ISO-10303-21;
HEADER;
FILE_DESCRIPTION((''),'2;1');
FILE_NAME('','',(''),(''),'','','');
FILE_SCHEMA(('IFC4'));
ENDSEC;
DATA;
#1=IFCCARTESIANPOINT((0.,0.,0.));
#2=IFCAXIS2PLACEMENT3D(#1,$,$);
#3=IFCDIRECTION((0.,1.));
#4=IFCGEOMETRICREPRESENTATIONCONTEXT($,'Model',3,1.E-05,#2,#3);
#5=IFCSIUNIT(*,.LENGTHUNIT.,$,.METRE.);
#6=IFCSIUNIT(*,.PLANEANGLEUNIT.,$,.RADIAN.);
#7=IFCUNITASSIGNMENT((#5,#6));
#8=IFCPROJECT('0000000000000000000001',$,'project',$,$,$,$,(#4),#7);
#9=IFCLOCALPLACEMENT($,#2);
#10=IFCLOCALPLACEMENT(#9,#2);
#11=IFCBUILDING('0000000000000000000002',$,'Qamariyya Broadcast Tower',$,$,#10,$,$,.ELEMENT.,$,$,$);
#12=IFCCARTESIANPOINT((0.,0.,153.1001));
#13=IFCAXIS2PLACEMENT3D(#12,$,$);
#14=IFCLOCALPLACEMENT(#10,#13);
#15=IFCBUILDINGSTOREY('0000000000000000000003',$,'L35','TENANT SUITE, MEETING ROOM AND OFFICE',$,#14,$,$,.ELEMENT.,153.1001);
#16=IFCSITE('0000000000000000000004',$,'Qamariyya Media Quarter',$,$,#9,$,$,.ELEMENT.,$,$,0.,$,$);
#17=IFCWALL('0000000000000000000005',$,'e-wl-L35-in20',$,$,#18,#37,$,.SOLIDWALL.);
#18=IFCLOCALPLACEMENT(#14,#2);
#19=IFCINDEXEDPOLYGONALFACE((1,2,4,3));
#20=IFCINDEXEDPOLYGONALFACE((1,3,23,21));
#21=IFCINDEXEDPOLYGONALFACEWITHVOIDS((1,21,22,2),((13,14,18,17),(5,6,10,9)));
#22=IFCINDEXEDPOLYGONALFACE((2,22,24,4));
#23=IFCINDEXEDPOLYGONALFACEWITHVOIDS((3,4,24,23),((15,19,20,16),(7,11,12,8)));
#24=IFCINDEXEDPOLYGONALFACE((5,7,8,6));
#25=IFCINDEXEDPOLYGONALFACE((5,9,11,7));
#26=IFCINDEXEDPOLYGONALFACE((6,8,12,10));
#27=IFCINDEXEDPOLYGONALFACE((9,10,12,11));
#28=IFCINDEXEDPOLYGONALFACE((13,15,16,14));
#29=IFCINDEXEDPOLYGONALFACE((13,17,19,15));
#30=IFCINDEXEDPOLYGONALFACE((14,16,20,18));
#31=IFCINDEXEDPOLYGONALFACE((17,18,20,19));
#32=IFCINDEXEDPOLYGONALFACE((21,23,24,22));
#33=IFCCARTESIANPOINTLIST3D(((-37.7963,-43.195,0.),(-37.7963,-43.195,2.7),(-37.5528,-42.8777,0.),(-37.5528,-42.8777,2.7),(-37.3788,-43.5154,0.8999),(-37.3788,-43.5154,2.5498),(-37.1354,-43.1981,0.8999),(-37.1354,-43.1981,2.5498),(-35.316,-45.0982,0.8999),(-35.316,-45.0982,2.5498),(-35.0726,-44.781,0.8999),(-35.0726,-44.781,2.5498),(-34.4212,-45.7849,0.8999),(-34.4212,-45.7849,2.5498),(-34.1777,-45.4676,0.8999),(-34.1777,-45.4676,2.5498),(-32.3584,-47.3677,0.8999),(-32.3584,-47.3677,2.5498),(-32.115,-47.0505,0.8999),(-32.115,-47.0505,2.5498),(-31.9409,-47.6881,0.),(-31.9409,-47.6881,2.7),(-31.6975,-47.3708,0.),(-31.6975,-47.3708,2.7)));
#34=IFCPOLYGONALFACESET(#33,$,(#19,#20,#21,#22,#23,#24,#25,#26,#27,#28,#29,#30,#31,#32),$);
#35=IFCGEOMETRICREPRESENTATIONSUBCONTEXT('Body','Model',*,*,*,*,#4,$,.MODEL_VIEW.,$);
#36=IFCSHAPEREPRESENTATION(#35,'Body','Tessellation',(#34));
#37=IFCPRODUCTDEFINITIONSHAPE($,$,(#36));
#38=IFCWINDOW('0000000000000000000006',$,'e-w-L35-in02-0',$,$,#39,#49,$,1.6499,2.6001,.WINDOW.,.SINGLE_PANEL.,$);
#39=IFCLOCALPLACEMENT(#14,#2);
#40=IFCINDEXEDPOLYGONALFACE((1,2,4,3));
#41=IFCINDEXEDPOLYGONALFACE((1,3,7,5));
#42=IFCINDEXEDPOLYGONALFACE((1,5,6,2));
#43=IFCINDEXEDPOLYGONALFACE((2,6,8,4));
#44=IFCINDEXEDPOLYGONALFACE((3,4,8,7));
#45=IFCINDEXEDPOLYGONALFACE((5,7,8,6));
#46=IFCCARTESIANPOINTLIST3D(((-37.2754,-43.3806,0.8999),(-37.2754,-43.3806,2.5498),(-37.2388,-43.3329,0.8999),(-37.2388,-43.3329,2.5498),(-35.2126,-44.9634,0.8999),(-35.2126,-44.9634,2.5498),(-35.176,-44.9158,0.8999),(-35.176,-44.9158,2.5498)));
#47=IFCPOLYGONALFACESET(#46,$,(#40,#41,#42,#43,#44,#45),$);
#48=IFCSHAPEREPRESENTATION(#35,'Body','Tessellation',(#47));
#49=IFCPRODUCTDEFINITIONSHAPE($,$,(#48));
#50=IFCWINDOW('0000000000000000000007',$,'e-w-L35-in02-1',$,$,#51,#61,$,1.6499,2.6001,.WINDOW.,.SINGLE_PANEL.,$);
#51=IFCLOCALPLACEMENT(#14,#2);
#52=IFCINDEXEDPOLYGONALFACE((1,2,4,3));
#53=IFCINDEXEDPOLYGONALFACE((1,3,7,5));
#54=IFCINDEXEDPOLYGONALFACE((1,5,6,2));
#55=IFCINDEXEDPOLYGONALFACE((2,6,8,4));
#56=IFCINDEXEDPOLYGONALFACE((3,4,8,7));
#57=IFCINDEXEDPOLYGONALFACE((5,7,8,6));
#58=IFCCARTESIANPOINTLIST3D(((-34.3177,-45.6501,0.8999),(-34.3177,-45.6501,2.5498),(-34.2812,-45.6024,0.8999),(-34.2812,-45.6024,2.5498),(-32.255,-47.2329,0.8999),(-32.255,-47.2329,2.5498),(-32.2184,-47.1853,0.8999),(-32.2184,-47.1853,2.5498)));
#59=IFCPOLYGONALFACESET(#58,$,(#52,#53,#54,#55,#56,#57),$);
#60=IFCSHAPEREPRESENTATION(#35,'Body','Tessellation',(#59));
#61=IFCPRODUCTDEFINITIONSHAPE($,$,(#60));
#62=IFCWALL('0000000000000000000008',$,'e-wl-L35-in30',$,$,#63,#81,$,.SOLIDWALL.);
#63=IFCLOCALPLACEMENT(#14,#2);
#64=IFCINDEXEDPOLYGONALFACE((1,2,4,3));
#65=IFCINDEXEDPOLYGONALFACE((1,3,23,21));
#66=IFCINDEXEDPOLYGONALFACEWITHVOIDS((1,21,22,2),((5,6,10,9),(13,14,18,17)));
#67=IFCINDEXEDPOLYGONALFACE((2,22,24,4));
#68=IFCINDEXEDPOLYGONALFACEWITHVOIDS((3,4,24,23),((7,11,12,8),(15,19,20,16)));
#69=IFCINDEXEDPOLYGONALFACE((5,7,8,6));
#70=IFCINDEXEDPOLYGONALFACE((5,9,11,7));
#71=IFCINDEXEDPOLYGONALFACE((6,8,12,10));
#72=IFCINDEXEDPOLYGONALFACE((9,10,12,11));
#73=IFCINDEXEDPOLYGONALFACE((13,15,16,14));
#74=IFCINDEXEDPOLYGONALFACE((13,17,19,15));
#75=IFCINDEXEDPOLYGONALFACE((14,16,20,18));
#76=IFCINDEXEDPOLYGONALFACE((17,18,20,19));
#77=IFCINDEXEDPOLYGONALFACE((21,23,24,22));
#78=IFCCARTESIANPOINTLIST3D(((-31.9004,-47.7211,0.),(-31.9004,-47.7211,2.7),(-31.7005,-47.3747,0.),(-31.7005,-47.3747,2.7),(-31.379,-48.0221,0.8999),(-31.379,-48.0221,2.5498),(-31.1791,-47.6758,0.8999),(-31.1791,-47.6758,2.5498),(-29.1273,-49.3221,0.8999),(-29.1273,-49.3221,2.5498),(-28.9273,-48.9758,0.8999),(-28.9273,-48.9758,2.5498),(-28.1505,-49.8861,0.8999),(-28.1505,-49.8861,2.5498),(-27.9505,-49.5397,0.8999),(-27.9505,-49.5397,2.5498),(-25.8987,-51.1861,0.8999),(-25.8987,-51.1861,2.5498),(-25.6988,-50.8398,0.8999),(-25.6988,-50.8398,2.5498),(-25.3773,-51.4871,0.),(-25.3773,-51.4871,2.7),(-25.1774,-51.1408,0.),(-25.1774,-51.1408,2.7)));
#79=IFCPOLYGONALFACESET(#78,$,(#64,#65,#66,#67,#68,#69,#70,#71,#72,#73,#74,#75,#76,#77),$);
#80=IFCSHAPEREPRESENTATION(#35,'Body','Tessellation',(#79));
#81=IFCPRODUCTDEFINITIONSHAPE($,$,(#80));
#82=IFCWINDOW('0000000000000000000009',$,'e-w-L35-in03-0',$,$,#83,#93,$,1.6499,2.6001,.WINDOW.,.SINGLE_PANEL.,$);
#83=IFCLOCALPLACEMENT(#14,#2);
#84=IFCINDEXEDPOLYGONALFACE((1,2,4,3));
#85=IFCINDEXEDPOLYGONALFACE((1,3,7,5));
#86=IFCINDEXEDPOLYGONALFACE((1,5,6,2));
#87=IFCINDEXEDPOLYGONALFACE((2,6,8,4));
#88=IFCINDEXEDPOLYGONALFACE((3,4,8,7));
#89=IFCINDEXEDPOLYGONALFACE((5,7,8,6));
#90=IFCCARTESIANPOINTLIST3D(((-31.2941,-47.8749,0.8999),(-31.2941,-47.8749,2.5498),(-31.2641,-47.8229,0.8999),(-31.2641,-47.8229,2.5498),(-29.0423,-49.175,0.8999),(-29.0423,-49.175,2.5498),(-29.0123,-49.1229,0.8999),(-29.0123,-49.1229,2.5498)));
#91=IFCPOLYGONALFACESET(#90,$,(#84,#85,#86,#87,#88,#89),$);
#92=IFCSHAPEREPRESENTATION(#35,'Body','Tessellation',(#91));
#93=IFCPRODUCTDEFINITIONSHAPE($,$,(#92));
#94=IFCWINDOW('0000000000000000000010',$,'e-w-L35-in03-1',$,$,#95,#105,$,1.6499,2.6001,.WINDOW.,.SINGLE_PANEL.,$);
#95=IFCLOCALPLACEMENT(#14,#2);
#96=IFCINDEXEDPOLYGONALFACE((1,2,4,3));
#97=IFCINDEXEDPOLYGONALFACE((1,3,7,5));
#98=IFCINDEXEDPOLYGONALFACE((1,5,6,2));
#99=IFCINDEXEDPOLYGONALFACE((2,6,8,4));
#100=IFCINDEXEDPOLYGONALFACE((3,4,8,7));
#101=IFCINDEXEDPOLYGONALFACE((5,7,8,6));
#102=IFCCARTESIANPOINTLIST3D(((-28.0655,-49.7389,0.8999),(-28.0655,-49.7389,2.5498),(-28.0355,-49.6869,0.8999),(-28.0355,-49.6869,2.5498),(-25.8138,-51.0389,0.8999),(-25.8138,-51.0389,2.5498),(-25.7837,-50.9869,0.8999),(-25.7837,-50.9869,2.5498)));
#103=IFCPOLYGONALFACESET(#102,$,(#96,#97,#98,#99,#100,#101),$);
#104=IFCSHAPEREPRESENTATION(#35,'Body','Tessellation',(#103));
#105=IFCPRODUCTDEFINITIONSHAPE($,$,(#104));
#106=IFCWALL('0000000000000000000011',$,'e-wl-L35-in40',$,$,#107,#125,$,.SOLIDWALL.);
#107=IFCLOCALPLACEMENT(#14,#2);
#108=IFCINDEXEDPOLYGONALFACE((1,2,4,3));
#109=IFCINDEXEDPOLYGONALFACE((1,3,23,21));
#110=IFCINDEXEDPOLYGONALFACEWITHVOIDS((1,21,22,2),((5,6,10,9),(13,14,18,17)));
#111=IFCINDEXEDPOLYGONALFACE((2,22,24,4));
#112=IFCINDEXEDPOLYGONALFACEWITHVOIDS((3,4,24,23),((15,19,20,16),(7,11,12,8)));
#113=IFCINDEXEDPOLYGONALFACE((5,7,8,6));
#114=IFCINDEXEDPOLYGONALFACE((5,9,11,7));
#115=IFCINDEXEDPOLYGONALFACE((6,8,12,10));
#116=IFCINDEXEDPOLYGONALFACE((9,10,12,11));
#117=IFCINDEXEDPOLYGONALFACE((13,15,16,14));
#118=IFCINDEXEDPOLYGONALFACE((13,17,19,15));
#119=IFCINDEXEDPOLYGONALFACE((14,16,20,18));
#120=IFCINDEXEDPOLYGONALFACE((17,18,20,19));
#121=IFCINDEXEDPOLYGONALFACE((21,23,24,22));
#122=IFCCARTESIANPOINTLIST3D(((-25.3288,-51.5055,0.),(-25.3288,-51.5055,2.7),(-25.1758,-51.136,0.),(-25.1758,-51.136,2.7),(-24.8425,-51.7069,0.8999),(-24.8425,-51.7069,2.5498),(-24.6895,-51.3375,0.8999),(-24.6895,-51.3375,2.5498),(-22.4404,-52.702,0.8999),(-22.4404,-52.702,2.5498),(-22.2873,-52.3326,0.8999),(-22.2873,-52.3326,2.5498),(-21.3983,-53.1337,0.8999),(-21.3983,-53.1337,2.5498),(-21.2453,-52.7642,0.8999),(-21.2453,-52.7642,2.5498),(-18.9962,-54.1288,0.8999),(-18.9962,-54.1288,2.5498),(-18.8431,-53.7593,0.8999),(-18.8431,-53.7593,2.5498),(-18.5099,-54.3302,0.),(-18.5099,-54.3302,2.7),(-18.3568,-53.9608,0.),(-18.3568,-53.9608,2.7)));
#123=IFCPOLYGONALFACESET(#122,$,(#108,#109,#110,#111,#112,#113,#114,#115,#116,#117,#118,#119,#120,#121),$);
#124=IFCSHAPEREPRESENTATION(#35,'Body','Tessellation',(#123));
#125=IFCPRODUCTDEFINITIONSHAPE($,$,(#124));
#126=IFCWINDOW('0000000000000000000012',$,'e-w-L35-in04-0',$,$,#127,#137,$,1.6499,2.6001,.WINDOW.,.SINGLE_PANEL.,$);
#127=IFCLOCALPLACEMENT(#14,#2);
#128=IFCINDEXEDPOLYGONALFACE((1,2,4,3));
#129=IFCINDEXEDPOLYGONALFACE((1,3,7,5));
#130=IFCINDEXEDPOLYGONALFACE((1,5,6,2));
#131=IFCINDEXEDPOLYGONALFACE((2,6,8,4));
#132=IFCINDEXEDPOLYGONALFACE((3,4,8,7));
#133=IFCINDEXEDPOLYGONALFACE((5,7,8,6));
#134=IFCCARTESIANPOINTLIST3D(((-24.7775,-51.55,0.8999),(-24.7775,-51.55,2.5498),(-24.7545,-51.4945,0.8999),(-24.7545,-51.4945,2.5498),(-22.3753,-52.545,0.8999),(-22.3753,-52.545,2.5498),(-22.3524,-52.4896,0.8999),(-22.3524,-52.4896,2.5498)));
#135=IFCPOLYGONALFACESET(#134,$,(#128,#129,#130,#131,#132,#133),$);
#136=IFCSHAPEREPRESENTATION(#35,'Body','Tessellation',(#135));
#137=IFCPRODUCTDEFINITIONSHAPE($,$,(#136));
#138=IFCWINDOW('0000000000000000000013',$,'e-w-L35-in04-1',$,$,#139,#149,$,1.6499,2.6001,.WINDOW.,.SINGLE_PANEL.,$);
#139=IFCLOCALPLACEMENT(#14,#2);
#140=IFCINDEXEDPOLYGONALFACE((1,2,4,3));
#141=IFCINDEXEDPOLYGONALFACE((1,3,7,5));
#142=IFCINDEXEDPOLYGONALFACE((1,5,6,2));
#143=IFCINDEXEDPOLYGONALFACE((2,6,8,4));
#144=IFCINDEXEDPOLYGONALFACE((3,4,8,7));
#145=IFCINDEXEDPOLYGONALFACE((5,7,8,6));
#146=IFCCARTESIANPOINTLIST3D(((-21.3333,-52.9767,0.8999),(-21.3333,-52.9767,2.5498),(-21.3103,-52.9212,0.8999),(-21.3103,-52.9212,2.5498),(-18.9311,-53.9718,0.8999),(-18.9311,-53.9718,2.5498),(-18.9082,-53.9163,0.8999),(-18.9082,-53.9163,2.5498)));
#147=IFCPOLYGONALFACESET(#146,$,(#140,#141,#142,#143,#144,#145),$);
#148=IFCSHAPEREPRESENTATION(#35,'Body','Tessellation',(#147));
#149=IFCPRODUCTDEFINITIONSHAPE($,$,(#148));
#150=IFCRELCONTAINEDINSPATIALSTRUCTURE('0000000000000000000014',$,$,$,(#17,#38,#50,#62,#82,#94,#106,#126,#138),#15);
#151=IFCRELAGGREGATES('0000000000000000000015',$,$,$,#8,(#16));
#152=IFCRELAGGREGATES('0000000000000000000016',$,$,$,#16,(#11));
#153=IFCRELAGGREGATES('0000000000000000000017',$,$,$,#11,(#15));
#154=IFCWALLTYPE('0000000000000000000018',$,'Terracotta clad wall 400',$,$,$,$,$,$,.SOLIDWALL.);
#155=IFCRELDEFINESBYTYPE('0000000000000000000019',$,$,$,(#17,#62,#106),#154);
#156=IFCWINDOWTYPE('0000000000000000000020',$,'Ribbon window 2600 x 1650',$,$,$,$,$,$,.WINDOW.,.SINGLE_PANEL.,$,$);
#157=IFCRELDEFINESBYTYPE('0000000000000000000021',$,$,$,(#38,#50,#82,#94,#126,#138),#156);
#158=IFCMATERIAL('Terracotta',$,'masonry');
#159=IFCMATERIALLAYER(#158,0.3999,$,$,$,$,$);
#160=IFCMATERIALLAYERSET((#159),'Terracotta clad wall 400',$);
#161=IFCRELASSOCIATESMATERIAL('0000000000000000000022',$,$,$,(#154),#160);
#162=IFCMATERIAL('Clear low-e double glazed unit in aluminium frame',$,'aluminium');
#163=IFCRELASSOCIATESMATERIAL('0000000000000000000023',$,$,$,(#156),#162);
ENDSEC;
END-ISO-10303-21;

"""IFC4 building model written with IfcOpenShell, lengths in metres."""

from ifc_helpers import new_model, si_unit, direction, frame, frame_2d, origin, place, context, subcontext, project, spatial, rectangle, extrude, material, layer, layer_set, type_object, element, fill, save


model = new_model("IFC4")

# Units and contexts
model_context = context("Model", 3, precision=1e-05, world=origin(), true_north=direction((0.0, 1.0)))
body_context = subcontext(model_context, "Body", "Model", "MODEL_VIEW")
ifc_project = project(units=[si_unit("LENGTHUNIT", "METRE"), si_unit("PLANEANGLEUNIT", "RADIAN")], contexts=[model_context])

# Site, building, storey
site_placement = place(None, origin())
site = spatial("IfcSite", under=ifc_project, at=site_placement, Name="Qamariyya Media Quarter", CompositionType="ELEMENT", RefElevation=0.0)
building_placement = place(site_placement, origin())
building = spatial("IfcBuilding", under=site, at=building_placement, Name="Qamariyya Broadcast Tower", CompositionType="ELEMENT")
storey_placement = place(building_placement, frame((0.0, 0.0, 153.1001)))
storey = spatial("IfcBuildingStorey", under=building, at=storey_placement, Name="L35", Description="TENANT SUITE, MEETING ROOM AND OFFICE", CompositionType="ELEMENT", Elevation=153.1001)

# Walls, openings, windows
ifc_material_1 = material(Name="Terracotta", Category="masonry")
ifc_layer_1 = layer(ifc_material_1, 0.3999)
ifc_layer_set_1 = layer_set([ifc_layer_1], Name="Terracotta clad wall 400")
wall_type_1 = type_object("IfcWallType", Name="Terracotta clad wall 400", PredefinedType="SOLIDWALL", material=ifc_layer_set_1)
wall_1_placement = place(storey_placement, frame((-31.8191, -47.5295, 0.0), z_axis=(0.0, 0.0, 1.0), x_axis=(-0.793346, 0.60877, 0.0)))
wall_1 = element("IfcWall", 1, at=wall_1_placement, inside=storey, type_object=wall_type_1, Name="e-wl-L35-in20", PredefinedType="SOLIDWALL", context=body_context, shape_type="SweptSolid", body=[
    extrude(rectangle(XDim=7.3806, YDim=0.3999, at=frame_2d((3.6904, 0.0))), origin(), (0.0, 0.0, 1.0), 2.7),
])
opening_1_placement = place(wall_1_placement, frame((4.2544, 0.0, 0.8999)))
opening_1 = element("IfcOpeningElement", 2, at=opening_1_placement, cuts=wall_1, PredefinedType="OPENING", context=body_context, shape_type="SweptSolid", body=[
    extrude(rectangle(XDim=2.6001, YDim=1.6499, at=frame_2d((1.3, 0.825))), frame((0.0, 0.21, 0.0), z_axis=(0.0, -1.0, 0.0), x_axis=(1.0, 0.0, 0.0)), (0.0, 0.0, 1.0), 0.4199),
])
opening_2_placement = place(wall_1_placement, frame((0.5264, 0.0, 0.8999)))
opening_2 = element("IfcOpeningElement", 3, at=opening_2_placement, cuts=wall_1, PredefinedType="OPENING", context=body_context, shape_type="SweptSolid", body=[
    extrude(rectangle(XDim=2.6001, YDim=1.6499, at=frame_2d((1.3, 0.825))), frame((0.0, 0.21, 0.0), z_axis=(0.0, -1.0, 0.0), x_axis=(1.0, 0.0, 0.0)), (0.0, 0.0, 1.0), 0.4199),
])
ifc_material_2 = material(Name="Clear low-e double glazed unit in aluminium frame", Category="aluminium")
window_type = type_object("IfcWindowType", Name="Ribbon window 2600 x 1650", PartitioningType="SINGLE_PANEL", PredefinedType="WINDOW", material=ifc_material_2)
window_1_placement = place(opening_1_placement, origin())
window_1 = element("IfcWindow", 4, at=window_1_placement, inside=storey, type_object=window_type, Name="e-w-L35-in02-0", OverallHeight=1.6499, OverallWidth=2.6001, PartitioningType="SINGLE_PANEL", PredefinedType="WINDOW", context=body_context, shape_type="SweptSolid", body=[
    extrude(rectangle(XDim=2.6001, YDim=1.6499, at=frame_2d((1.3, 0.825))), frame((0.0, 0.03, 0.0), z_axis=(0.0, -1.0, 0.0), x_axis=(1.0, 0.0, 0.0)), (0.0, 0.0, 1.0), 0.0601),
])
fill(opening_1, window_1)
window_2_placement = place(opening_2_placement, origin())
window_2 = element("IfcWindow", 5, at=window_2_placement, inside=storey, type_object=window_type, Name="e-w-L35-in02-1", OverallHeight=1.6499, OverallWidth=2.6001, PartitioningType="SINGLE_PANEL", PredefinedType="WINDOW", context=body_context, shape_type="SweptSolid", body=[
    extrude(rectangle(XDim=2.6001, YDim=1.6499, at=frame_2d((1.3, 0.825))), frame((0.0, 0.03, 0.0), z_axis=(0.0, -1.0, 0.0), x_axis=(1.0, 0.0, 0.0)), (0.0, 0.0, 1.0), 0.0601),
])
fill(opening_2, window_2)
wall_2_placement = place(storey_placement, frame((-25.2773, -51.314, 0.0), z_axis=(0.0, 0.0, 1.0), x_axis=(-0.866029, 0.499995, 0.0)))
wall_2 = element("IfcWall", 6, at=wall_2_placement, inside=storey, type_object=wall_type_1, Name="e-wl-L35-in30", PredefinedType="SOLIDWALL", context=body_context, shape_type="SweptSolid", body=[
    extrude(rectangle(XDim=7.5322, YDim=0.3999, at=frame_2d((3.7661, 0.0))), origin(), (0.0, 0.0, 1.0), 2.7),
])
opening_3_placement = place(wall_2_placement, frame((4.3301, 0.0, 0.8999)))
opening_3 = element("IfcOpeningElement", 7, at=opening_3_placement, cuts=wall_2, PredefinedType="OPENING", context=body_context, shape_type="SweptSolid", body=[
    extrude(rectangle(XDim=2.6001, YDim=1.6499, at=frame_2d((1.3, 0.825))), frame((0.0, 0.21, 0.0), z_axis=(0.0, -1.0, 0.0), x_axis=(1.0, 0.0, 0.0)), (0.0, 0.0, 1.0), 0.4199),
])
opening_4_placement = place(wall_2_placement, frame((0.6021, 0.0, 0.8999)))
opening_4 = element("IfcOpeningElement", 8, at=opening_4_placement, cuts=wall_2, PredefinedType="OPENING", context=body_context, shape_type="SweptSolid", body=[
    extrude(rectangle(XDim=2.6001, YDim=1.6499, at=frame_2d((1.3, 0.825))), frame((0.0, 0.21, 0.0), z_axis=(0.0, -1.0, 0.0), x_axis=(1.0, 0.0, 0.0)), (0.0, 0.0, 1.0), 0.4199),
])
window_3_placement = place(opening_3_placement, origin())
window_3 = element("IfcWindow", 9, at=window_3_placement, inside=storey, type_object=window_type, Name="e-w-L35-in03-0", OverallHeight=1.6499, OverallWidth=2.6001, PartitioningType="SINGLE_PANEL", PredefinedType="WINDOW", context=body_context, shape_type="SweptSolid", body=[
    extrude(rectangle(XDim=2.6001, YDim=1.6499, at=frame_2d((1.3, 0.825))), frame((0.0, 0.03, 0.0), z_axis=(0.0, -1.0, 0.0), x_axis=(1.0, 0.0, 0.0)), (0.0, 0.0, 1.0), 0.0601),
])
fill(opening_3, window_3)
window_4_placement = place(opening_4_placement, origin())
window_4 = element("IfcWindow", 10, at=window_4_placement, inside=storey, type_object=window_type, Name="e-w-L35-in03-1", OverallHeight=1.6499, OverallWidth=2.6001, PartitioningType="SINGLE_PANEL", PredefinedType="WINDOW", context=body_context, shape_type="SweptSolid", body=[
    extrude(rectangle(XDim=2.6001, YDim=1.6499, at=frame_2d((1.3, 0.825))), frame((0.0, 0.03, 0.0), z_axis=(0.0, -1.0, 0.0), x_axis=(1.0, 0.0, 0.0)), (0.0, 0.0, 1.0), 0.0601),
])
fill(opening_4, window_4)
wall_3_placement = place(storey_placement, frame((-18.4333, -54.1455, 0.0), z_axis=(0.0, 0.0, 1.0), x_axis=(-0.923868, 0.382712, 0.0)))
wall_3 = element("IfcWall", 11, at=wall_3_placement, inside=storey, type_object=wall_type_1, Name="e-wl-L35-in40", PredefinedType="SOLIDWALL", context=body_context, shape_type="SweptSolid", body=[
    extrude(rectangle(XDim=7.3809, YDim=0.3999, at=frame_2d((3.6904, 0.0))), origin(), (0.0, 0.0, 1.0), 2.7),
])
opening_5_placement = place(wall_3_placement, frame((4.2544, 0.0, 0.8999)))
opening_5 = element("IfcOpeningElement", 12, at=opening_5_placement, cuts=wall_3, PredefinedType="OPENING", context=body_context, shape_type="SweptSolid", body=[
    extrude(rectangle(XDim=2.6001, YDim=1.6499, at=frame_2d((1.3, 0.825))), frame((0.0, 0.21, 0.0), z_axis=(0.0, -1.0, 0.0), x_axis=(1.0, 0.0, 0.0)), (0.0, 0.0, 1.0), 0.4199),
])
opening_6_placement = place(wall_3_placement, frame((0.5264, 0.0, 0.8999)))
opening_6 = element("IfcOpeningElement", 13, at=opening_6_placement, cuts=wall_3, PredefinedType="OPENING", context=body_context, shape_type="SweptSolid", body=[
    extrude(rectangle(XDim=2.6001, YDim=1.6499, at=frame_2d((1.3, 0.825))), frame((0.0, 0.21, 0.0), z_axis=(0.0, -1.0, 0.0), x_axis=(1.0, 0.0, 0.0)), (0.0, 0.0, 1.0), 0.4199),
])
window_5_placement = place(opening_5_placement, origin())
window_5 = element("IfcWindow", 14, at=window_5_placement, inside=storey, type_object=window_type, Name="e-w-L35-in04-0", OverallHeight=1.6499, OverallWidth=2.6001, PartitioningType="SINGLE_PANEL", PredefinedType="WINDOW", context=body_context, shape_type="SweptSolid", body=[
    extrude(rectangle(XDim=2.6001, YDim=1.6499, at=frame_2d((1.3, 0.825))), frame((0.0, 0.03, 0.0), z_axis=(0.0, -1.0, 0.0), x_axis=(1.0, 0.0, 0.0)), (0.0, 0.0, 1.0), 0.0601),
])
fill(opening_5, window_5)
window_6_placement = place(opening_6_placement, origin())
window_6 = element("IfcWindow", 15, at=window_6_placement, inside=storey, type_object=window_type, Name="e-w-L35-in04-1", OverallHeight=1.6499, OverallWidth=2.6001, PartitioningType="SINGLE_PANEL", PredefinedType="WINDOW", context=body_context, shape_type="SweptSolid", body=[
    extrude(rectangle(XDim=2.6001, YDim=1.6499, at=frame_2d((1.3, 0.825))), frame((0.0, 0.03, 0.0), z_axis=(0.0, -1.0, 0.0), x_axis=(1.0, 0.0, 0.0)), (0.0, 0.0, 1.0), 0.0601),
])
fill(opening_6, window_6)

save(model, "model.ifc")
